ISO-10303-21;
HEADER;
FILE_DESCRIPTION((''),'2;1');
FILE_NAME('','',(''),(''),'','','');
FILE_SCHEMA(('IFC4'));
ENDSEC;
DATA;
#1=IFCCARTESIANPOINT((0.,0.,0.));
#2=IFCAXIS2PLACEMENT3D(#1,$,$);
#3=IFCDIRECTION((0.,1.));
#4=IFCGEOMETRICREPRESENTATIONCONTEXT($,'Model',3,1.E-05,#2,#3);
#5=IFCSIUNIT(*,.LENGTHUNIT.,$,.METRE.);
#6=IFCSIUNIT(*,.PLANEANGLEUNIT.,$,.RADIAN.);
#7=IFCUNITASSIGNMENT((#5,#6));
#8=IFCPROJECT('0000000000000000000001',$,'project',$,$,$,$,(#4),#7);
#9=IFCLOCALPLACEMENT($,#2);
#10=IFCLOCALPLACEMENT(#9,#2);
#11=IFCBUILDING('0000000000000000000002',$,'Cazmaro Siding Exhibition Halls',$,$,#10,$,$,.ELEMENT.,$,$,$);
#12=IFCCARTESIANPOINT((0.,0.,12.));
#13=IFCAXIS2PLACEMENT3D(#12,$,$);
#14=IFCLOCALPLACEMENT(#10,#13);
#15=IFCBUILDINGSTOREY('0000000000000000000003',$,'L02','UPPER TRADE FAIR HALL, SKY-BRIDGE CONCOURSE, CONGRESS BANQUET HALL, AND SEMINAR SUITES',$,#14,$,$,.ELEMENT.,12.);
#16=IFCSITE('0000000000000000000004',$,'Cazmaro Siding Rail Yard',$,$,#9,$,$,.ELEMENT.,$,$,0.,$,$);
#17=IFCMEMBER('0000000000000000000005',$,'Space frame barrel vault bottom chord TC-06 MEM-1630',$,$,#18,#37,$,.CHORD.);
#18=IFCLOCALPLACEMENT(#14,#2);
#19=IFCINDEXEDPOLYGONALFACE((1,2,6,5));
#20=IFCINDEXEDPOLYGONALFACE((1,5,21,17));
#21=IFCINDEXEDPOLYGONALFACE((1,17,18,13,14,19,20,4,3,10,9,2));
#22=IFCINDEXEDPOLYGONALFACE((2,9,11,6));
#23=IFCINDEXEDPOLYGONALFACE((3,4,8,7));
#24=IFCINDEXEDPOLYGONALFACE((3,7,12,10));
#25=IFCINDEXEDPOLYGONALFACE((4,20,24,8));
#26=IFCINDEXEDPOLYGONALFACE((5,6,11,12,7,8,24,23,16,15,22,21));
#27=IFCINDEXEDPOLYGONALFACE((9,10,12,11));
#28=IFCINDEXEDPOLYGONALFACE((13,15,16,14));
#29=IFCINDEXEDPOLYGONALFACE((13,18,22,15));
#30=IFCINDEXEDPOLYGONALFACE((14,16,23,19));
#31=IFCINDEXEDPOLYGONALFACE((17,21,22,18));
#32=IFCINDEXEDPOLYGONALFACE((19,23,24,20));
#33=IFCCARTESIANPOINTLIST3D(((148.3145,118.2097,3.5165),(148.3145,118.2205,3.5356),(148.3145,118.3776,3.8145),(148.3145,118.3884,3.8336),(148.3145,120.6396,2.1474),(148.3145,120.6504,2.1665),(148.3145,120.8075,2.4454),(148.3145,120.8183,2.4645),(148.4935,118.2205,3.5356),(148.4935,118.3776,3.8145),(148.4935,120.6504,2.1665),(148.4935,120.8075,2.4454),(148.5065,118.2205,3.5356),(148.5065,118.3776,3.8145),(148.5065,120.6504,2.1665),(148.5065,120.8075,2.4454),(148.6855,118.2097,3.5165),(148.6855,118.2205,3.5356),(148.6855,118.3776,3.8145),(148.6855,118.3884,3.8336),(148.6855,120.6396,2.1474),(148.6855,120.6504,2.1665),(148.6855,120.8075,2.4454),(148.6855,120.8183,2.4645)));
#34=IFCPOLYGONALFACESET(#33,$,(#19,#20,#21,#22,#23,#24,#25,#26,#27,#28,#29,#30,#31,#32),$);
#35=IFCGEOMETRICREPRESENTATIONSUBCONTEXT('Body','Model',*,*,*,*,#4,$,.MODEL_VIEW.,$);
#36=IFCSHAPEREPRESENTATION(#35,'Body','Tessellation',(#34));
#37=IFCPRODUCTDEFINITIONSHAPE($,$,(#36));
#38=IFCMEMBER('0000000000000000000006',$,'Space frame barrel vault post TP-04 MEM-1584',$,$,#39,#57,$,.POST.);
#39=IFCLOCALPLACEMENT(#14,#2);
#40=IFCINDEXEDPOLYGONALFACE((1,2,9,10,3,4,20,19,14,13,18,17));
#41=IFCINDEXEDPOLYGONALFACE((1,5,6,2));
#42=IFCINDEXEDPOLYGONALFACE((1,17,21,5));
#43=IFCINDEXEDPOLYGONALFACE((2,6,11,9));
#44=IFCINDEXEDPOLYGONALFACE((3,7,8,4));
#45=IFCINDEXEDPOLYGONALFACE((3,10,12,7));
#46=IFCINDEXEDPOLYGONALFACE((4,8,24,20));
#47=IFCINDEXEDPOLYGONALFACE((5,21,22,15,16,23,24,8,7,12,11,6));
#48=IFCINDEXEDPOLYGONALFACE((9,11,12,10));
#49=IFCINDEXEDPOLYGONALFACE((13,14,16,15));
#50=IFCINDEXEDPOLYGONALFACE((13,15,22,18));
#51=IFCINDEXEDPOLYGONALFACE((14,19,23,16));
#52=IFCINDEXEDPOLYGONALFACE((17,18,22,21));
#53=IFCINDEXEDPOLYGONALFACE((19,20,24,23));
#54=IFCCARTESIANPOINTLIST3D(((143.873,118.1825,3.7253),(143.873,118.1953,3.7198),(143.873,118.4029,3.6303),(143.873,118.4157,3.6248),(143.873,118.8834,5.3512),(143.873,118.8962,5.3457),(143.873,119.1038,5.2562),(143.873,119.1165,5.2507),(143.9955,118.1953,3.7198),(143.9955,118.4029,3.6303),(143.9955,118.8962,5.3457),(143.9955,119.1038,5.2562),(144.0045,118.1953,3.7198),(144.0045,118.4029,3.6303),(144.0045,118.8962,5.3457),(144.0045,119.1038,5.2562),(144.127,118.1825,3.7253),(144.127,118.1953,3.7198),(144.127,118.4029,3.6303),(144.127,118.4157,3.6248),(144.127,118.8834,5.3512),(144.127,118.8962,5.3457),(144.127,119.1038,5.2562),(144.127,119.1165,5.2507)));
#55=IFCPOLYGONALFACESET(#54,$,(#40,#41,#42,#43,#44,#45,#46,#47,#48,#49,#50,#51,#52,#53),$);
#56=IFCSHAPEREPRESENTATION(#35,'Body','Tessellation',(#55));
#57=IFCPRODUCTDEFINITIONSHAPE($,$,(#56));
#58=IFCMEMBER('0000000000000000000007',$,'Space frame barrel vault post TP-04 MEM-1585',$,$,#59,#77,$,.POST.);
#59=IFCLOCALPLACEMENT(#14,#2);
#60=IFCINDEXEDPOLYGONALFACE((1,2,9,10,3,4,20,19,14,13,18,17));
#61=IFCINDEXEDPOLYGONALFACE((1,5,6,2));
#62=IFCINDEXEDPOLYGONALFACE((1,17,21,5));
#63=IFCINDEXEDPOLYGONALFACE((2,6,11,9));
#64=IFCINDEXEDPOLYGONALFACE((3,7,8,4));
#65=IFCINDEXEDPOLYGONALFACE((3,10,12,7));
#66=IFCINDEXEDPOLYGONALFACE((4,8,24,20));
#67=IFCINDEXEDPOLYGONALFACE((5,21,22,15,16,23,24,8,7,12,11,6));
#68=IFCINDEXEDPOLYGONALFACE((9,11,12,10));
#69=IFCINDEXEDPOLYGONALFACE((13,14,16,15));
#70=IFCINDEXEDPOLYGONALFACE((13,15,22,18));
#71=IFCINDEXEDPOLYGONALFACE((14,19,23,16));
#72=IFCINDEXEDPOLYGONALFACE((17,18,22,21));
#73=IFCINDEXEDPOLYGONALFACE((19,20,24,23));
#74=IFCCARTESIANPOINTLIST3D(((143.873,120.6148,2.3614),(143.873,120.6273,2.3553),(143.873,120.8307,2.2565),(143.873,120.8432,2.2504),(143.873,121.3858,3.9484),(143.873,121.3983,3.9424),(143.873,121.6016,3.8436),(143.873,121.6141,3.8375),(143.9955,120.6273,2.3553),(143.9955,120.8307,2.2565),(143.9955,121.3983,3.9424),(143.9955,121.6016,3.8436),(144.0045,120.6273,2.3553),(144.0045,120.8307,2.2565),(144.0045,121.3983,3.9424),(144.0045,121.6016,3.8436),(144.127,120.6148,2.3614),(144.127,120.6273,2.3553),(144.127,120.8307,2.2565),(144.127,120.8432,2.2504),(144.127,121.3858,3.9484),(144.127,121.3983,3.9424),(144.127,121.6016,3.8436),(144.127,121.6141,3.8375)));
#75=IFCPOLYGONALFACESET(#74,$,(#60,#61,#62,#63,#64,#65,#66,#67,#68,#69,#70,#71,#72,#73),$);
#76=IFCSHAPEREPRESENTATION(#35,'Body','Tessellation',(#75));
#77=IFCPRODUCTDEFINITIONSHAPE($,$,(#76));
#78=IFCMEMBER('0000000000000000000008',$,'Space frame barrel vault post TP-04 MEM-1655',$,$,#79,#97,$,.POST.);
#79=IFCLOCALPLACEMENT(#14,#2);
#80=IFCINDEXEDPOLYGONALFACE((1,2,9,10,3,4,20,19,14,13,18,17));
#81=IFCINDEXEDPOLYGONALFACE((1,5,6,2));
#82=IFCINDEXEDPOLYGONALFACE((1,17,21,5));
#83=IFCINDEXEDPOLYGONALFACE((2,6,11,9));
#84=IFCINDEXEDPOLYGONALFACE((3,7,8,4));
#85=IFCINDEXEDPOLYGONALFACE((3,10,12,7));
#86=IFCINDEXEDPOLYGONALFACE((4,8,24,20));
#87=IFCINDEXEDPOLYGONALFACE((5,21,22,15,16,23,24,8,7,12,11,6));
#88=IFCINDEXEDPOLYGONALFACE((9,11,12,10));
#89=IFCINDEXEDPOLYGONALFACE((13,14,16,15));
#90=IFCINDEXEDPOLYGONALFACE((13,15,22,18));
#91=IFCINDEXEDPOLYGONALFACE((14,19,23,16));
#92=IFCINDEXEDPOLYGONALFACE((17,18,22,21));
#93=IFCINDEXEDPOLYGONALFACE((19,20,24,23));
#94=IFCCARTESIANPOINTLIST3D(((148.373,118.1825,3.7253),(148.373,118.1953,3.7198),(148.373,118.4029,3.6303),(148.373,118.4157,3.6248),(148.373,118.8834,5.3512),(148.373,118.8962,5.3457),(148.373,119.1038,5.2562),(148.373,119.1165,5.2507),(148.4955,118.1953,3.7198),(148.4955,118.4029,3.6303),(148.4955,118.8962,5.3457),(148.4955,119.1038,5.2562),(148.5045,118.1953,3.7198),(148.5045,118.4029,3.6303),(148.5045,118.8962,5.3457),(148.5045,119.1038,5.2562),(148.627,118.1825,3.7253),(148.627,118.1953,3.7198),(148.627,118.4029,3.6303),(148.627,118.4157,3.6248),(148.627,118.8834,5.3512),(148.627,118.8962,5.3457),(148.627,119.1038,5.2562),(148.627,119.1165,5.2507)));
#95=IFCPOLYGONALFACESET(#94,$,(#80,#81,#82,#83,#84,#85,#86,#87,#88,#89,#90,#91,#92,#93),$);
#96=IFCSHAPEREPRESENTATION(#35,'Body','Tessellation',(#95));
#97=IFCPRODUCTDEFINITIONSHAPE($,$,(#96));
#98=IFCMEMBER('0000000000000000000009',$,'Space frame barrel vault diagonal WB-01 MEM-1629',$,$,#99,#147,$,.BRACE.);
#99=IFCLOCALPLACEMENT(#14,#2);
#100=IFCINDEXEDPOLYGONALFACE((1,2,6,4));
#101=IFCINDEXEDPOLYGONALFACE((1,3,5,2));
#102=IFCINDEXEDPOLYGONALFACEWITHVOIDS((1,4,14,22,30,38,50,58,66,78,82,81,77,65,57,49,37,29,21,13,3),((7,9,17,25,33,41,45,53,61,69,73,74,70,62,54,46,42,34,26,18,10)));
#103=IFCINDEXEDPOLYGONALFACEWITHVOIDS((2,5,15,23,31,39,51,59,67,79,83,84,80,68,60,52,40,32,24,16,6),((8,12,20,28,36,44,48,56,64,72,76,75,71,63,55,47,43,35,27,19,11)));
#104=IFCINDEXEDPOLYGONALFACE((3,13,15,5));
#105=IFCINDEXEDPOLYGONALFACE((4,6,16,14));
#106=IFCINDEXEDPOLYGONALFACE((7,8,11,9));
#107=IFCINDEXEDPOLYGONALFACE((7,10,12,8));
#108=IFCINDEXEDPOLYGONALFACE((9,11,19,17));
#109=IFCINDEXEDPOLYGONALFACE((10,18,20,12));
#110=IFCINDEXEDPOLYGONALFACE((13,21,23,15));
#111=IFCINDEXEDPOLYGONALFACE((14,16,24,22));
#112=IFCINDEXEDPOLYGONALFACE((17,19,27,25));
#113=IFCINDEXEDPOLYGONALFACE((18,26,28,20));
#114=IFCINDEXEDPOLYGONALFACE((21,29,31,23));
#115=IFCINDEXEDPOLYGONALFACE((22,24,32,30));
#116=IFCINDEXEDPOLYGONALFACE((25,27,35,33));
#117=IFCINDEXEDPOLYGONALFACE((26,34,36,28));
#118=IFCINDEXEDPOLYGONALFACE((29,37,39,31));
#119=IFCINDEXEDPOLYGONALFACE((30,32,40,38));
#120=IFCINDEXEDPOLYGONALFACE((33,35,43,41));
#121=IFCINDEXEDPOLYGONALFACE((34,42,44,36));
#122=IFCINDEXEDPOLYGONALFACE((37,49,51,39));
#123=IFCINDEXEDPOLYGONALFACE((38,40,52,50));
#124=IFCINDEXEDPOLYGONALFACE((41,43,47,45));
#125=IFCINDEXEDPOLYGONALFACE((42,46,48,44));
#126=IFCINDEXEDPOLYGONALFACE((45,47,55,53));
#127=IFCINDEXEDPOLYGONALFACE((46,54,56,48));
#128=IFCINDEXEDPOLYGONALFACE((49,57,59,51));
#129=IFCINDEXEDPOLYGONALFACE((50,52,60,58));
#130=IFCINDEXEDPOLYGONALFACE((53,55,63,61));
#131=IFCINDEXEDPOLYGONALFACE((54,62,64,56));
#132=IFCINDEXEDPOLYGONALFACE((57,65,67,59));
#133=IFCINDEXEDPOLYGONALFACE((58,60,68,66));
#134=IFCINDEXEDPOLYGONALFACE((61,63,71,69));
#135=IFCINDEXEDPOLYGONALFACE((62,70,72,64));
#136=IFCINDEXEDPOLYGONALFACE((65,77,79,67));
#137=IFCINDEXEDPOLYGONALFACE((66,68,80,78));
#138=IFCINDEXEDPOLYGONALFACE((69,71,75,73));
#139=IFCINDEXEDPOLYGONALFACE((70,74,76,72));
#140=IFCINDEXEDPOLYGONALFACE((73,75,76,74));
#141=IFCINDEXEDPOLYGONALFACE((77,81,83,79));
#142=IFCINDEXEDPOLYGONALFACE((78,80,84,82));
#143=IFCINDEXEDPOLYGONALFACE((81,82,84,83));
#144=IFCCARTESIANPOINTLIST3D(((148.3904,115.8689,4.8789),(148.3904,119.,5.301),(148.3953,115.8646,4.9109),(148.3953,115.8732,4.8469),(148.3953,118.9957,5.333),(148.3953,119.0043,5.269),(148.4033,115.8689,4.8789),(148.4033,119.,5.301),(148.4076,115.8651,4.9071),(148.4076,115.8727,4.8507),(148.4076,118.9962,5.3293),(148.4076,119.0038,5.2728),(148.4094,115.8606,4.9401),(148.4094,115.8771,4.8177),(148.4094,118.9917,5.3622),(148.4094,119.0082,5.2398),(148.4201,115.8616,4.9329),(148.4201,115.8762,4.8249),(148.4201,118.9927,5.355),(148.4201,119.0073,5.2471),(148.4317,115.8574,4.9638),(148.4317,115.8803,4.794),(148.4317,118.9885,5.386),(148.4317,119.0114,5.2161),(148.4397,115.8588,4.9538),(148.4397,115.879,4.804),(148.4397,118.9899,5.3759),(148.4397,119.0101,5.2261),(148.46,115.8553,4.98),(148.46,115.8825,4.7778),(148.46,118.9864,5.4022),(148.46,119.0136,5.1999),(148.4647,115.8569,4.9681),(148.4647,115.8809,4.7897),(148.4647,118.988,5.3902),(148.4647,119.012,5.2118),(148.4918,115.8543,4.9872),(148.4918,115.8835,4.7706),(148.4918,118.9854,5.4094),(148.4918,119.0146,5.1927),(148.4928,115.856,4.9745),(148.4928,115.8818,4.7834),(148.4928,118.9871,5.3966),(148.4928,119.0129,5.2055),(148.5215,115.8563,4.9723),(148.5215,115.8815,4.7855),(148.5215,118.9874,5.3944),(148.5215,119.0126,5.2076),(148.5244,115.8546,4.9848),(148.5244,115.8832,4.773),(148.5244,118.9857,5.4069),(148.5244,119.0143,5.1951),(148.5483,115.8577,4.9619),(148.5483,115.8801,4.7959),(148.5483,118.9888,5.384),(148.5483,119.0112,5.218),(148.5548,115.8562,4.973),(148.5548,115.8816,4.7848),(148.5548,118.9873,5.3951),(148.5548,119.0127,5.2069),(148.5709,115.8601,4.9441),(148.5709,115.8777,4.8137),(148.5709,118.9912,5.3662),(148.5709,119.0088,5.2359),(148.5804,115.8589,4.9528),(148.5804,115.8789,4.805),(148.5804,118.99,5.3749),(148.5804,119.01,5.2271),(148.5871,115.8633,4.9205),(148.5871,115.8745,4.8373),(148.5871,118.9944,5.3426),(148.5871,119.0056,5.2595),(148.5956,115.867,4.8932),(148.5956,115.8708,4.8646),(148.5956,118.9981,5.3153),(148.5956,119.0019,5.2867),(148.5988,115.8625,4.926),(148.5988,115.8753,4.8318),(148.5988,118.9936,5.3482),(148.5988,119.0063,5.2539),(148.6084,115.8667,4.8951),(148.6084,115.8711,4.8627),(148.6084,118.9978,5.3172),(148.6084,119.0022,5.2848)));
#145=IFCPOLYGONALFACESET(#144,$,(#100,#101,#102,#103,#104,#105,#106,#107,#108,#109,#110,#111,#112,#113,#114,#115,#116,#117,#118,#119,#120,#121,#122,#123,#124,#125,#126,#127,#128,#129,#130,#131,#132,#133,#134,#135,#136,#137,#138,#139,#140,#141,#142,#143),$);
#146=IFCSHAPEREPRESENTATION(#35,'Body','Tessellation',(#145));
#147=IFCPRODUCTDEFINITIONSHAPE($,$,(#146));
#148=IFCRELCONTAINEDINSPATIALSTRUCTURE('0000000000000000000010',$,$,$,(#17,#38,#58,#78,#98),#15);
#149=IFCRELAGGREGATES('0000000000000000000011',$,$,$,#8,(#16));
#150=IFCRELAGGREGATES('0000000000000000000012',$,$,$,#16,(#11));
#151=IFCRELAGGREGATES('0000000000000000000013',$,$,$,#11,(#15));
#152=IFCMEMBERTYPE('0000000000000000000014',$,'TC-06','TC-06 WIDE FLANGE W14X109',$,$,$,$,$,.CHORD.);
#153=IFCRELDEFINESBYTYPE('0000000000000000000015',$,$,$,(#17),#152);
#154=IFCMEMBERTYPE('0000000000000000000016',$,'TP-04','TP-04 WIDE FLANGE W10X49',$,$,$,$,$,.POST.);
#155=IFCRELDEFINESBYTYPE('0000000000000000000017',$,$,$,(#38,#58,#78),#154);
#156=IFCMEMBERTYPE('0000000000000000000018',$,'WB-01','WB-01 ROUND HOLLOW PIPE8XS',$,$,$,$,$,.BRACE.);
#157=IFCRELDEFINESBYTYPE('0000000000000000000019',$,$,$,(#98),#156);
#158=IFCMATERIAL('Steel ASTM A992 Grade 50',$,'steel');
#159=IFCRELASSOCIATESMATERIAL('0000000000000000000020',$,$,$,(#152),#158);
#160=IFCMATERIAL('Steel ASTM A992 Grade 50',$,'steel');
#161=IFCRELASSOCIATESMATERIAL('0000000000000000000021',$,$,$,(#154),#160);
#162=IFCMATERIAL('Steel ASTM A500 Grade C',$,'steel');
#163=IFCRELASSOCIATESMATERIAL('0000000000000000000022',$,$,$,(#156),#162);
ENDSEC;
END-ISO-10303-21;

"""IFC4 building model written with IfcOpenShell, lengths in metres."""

from ifc_helpers import new_model, si_unit, direction, frame, origin, origin_2d, place, context, subcontext, project, spatial, hollow_circle, i_section, extrude, material, material_profile, profile_set, type_object, element, save


model = new_model("IFC4")

# Units and contexts
model_context = context("Model", 3, precision=1e-05, world=origin(), true_north=direction((0.0, 1.0)))
body_context = subcontext(model_context, "Body", "Model", "MODEL_VIEW")
ifc_project = project(units=[si_unit("LENGTHUNIT", "METRE"), si_unit("PLANEANGLEUNIT", "RADIAN")], contexts=[model_context])

# Site, building, storey
site_placement = place(None, origin())
site = spatial("IfcSite", under=ifc_project, at=site_placement, Name="Cazmaro Siding Rail Yard", CompositionType="ELEMENT", RefElevation=0.0)
building_placement = place(site_placement, origin())
building = spatial("IfcBuilding", under=site, at=building_placement, Name="Cazmaro Siding Exhibition Halls", CompositionType="ELEMENT")
storey_placement = place(building_placement, frame((0.0, 0.0, 12.0)))
storey = spatial("IfcBuildingStorey", under=building, at=storey_placement, Name="L02", Description="UPPER TRADE FAIR HALL, SKY-BRIDGE CONCOURSE, CONGRESS BANQUET HALL, AND SEMINAR SUITES", CompositionType="ELEMENT", Elevation=12.0)

# Members
ifc_material_1 = material(Name="Steel ASTM A992 Grade 50", Category="steel")
ifc_material_profile_1 = material_profile(ifc_material_1, i_section(OverallWidth=0.3711, OverallDepth=0.364, WebThickness=0.0129, FlangeThickness=0.022, at=origin_2d()), Name="W14X109")
ifc_profile_set_1 = profile_set([ifc_material_profile_1], Name="Steel ASTM A992 Grade 50")
member_type_1 = type_object("IfcMemberType", Name="TC-06", Description="TC-06 WIDE FLANGE W14X109", PredefinedType="CHORD", material=ifc_profile_set_1)
member_1_placement = place(storey_placement, frame((148.5, 118.2991, 3.675), z_axis=(0.0, 0.871222, -0.490889), x_axis=(-1.0, 0.0, 0.0)))
element("IfcMember", 1, at=member_1_placement, inside=storey, type_object=member_type_1, Name="Space frame barrel vault bottom chord TC-06 MEM-1630", PredefinedType="CHORD", context=body_context, shape_type="SweptSolid", body=[
    extrude(i_section(OverallWidth=0.3711, OverallDepth=0.364, WebThickness=0.0129, FlangeThickness=0.022, at=origin_2d()), origin(), (0.0, 0.0, 1.0), 2.7891),
])
ifc_material_2 = material(Name="Steel ASTM A992 Grade 50", Category="steel")
ifc_material_profile_2 = material_profile(ifc_material_2, i_section(OverallWidth=0.2539, OverallDepth=0.2539, WebThickness=0.009, FlangeThickness=0.0139, at=origin_2d()), Name="W10X49")
ifc_profile_set_2 = profile_set([ifc_material_profile_2], Name="Steel ASTM A992 Grade 50")
member_type_2 = type_object("IfcMemberType", Name="TP-04", Description="TP-04 WIDE FLANGE W10X49", PredefinedType="POST", material=ifc_profile_set_2)
member_2_placement = place(storey_placement, frame((144.0, 118.2991, 3.675), z_axis=(0.0, 0.395865, 0.918309), x_axis=(-1.0, 0.0, 0.0)))
element("IfcMember", 2, at=member_2_placement, inside=storey, type_object=member_type_2, Name="Space frame barrel vault post TP-04 MEM-1584", PredefinedType="POST", context=body_context, shape_type="SweptSolid", body=[
    extrude(i_section(OverallWidth=0.2539, OverallDepth=0.2539, WebThickness=0.009, FlangeThickness=0.0139, at=origin_2d()), origin(), (0.0, 0.0, 1.0), 1.7705),
])
member_3_placement = place(storey_placement, frame((144.0, 120.729, 2.3059), z_axis=(0.0, 0.436946, 0.899488), x_axis=(-1.0, 0.0, 0.0)))
element("IfcMember", 3, at=member_3_placement, inside=storey, type_object=member_type_2, Name="Space frame barrel vault post TP-04 MEM-1585", PredefinedType="POST", context=body_context, shape_type="SweptSolid", body=[
    extrude(i_section(OverallWidth=0.2539, OverallDepth=0.2539, WebThickness=0.009, FlangeThickness=0.0139, at=origin_2d()), origin(), (0.0, 0.0, 1.0), 1.7644),
])
member_4_placement = place(storey_placement, frame((148.5, 118.2991, 3.675), z_axis=(0.0, 0.395865, 0.918309), x_axis=(-1.0, 0.0, 0.0)))
element("IfcMember", 4, at=member_4_placement, inside=storey, type_object=member_type_2, Name="Space frame barrel vault post TP-04 MEM-1655", PredefinedType="POST", context=body_context, shape_type="SweptSolid", body=[
    extrude(i_section(OverallWidth=0.2539, OverallDepth=0.2539, WebThickness=0.009, FlangeThickness=0.0139, at=origin_2d()), origin(), (0.0, 0.0, 1.0), 1.7705),
])
ifc_material_3 = material(Name="Steel ASTM A500 Grade C", Category="steel")
ifc_material_profile_3 = material_profile(ifc_material_3, hollow_circle(Radius=0.1096, WallThickness=0.0129, at=origin_2d()), Name="PIPE8XS")
ifc_profile_set_3 = profile_set([ifc_material_profile_3], Name="Steel ASTM A500 Grade C")
member_type_3 = type_object("IfcMemberType", Name="WB-01", Description="WB-01 ROUND HOLLOW PIPE8XS", PredefinedType="BRACE", material=ifc_profile_set_3)
member_5_placement = place(storey_placement, frame((148.5, 115.8689, 4.8789), z_axis=(0.0, 0.991035, 0.133606), x_axis=(-1.0, 0.0, 0.0)))
element("IfcMember", 5, at=member_5_placement, inside=storey, type_object=member_type_3, Name="Space frame barrel vault diagonal WB-01 MEM-1629", PredefinedType="BRACE", context=body_context, shape_type="SweptSolid", body=[
    extrude(hollow_circle(Radius=0.1096, WallThickness=0.0129, at=origin_2d()), origin(), (0.0, 0.0, 1.0), 3.1594),
])

save(model, "model.ifc")
